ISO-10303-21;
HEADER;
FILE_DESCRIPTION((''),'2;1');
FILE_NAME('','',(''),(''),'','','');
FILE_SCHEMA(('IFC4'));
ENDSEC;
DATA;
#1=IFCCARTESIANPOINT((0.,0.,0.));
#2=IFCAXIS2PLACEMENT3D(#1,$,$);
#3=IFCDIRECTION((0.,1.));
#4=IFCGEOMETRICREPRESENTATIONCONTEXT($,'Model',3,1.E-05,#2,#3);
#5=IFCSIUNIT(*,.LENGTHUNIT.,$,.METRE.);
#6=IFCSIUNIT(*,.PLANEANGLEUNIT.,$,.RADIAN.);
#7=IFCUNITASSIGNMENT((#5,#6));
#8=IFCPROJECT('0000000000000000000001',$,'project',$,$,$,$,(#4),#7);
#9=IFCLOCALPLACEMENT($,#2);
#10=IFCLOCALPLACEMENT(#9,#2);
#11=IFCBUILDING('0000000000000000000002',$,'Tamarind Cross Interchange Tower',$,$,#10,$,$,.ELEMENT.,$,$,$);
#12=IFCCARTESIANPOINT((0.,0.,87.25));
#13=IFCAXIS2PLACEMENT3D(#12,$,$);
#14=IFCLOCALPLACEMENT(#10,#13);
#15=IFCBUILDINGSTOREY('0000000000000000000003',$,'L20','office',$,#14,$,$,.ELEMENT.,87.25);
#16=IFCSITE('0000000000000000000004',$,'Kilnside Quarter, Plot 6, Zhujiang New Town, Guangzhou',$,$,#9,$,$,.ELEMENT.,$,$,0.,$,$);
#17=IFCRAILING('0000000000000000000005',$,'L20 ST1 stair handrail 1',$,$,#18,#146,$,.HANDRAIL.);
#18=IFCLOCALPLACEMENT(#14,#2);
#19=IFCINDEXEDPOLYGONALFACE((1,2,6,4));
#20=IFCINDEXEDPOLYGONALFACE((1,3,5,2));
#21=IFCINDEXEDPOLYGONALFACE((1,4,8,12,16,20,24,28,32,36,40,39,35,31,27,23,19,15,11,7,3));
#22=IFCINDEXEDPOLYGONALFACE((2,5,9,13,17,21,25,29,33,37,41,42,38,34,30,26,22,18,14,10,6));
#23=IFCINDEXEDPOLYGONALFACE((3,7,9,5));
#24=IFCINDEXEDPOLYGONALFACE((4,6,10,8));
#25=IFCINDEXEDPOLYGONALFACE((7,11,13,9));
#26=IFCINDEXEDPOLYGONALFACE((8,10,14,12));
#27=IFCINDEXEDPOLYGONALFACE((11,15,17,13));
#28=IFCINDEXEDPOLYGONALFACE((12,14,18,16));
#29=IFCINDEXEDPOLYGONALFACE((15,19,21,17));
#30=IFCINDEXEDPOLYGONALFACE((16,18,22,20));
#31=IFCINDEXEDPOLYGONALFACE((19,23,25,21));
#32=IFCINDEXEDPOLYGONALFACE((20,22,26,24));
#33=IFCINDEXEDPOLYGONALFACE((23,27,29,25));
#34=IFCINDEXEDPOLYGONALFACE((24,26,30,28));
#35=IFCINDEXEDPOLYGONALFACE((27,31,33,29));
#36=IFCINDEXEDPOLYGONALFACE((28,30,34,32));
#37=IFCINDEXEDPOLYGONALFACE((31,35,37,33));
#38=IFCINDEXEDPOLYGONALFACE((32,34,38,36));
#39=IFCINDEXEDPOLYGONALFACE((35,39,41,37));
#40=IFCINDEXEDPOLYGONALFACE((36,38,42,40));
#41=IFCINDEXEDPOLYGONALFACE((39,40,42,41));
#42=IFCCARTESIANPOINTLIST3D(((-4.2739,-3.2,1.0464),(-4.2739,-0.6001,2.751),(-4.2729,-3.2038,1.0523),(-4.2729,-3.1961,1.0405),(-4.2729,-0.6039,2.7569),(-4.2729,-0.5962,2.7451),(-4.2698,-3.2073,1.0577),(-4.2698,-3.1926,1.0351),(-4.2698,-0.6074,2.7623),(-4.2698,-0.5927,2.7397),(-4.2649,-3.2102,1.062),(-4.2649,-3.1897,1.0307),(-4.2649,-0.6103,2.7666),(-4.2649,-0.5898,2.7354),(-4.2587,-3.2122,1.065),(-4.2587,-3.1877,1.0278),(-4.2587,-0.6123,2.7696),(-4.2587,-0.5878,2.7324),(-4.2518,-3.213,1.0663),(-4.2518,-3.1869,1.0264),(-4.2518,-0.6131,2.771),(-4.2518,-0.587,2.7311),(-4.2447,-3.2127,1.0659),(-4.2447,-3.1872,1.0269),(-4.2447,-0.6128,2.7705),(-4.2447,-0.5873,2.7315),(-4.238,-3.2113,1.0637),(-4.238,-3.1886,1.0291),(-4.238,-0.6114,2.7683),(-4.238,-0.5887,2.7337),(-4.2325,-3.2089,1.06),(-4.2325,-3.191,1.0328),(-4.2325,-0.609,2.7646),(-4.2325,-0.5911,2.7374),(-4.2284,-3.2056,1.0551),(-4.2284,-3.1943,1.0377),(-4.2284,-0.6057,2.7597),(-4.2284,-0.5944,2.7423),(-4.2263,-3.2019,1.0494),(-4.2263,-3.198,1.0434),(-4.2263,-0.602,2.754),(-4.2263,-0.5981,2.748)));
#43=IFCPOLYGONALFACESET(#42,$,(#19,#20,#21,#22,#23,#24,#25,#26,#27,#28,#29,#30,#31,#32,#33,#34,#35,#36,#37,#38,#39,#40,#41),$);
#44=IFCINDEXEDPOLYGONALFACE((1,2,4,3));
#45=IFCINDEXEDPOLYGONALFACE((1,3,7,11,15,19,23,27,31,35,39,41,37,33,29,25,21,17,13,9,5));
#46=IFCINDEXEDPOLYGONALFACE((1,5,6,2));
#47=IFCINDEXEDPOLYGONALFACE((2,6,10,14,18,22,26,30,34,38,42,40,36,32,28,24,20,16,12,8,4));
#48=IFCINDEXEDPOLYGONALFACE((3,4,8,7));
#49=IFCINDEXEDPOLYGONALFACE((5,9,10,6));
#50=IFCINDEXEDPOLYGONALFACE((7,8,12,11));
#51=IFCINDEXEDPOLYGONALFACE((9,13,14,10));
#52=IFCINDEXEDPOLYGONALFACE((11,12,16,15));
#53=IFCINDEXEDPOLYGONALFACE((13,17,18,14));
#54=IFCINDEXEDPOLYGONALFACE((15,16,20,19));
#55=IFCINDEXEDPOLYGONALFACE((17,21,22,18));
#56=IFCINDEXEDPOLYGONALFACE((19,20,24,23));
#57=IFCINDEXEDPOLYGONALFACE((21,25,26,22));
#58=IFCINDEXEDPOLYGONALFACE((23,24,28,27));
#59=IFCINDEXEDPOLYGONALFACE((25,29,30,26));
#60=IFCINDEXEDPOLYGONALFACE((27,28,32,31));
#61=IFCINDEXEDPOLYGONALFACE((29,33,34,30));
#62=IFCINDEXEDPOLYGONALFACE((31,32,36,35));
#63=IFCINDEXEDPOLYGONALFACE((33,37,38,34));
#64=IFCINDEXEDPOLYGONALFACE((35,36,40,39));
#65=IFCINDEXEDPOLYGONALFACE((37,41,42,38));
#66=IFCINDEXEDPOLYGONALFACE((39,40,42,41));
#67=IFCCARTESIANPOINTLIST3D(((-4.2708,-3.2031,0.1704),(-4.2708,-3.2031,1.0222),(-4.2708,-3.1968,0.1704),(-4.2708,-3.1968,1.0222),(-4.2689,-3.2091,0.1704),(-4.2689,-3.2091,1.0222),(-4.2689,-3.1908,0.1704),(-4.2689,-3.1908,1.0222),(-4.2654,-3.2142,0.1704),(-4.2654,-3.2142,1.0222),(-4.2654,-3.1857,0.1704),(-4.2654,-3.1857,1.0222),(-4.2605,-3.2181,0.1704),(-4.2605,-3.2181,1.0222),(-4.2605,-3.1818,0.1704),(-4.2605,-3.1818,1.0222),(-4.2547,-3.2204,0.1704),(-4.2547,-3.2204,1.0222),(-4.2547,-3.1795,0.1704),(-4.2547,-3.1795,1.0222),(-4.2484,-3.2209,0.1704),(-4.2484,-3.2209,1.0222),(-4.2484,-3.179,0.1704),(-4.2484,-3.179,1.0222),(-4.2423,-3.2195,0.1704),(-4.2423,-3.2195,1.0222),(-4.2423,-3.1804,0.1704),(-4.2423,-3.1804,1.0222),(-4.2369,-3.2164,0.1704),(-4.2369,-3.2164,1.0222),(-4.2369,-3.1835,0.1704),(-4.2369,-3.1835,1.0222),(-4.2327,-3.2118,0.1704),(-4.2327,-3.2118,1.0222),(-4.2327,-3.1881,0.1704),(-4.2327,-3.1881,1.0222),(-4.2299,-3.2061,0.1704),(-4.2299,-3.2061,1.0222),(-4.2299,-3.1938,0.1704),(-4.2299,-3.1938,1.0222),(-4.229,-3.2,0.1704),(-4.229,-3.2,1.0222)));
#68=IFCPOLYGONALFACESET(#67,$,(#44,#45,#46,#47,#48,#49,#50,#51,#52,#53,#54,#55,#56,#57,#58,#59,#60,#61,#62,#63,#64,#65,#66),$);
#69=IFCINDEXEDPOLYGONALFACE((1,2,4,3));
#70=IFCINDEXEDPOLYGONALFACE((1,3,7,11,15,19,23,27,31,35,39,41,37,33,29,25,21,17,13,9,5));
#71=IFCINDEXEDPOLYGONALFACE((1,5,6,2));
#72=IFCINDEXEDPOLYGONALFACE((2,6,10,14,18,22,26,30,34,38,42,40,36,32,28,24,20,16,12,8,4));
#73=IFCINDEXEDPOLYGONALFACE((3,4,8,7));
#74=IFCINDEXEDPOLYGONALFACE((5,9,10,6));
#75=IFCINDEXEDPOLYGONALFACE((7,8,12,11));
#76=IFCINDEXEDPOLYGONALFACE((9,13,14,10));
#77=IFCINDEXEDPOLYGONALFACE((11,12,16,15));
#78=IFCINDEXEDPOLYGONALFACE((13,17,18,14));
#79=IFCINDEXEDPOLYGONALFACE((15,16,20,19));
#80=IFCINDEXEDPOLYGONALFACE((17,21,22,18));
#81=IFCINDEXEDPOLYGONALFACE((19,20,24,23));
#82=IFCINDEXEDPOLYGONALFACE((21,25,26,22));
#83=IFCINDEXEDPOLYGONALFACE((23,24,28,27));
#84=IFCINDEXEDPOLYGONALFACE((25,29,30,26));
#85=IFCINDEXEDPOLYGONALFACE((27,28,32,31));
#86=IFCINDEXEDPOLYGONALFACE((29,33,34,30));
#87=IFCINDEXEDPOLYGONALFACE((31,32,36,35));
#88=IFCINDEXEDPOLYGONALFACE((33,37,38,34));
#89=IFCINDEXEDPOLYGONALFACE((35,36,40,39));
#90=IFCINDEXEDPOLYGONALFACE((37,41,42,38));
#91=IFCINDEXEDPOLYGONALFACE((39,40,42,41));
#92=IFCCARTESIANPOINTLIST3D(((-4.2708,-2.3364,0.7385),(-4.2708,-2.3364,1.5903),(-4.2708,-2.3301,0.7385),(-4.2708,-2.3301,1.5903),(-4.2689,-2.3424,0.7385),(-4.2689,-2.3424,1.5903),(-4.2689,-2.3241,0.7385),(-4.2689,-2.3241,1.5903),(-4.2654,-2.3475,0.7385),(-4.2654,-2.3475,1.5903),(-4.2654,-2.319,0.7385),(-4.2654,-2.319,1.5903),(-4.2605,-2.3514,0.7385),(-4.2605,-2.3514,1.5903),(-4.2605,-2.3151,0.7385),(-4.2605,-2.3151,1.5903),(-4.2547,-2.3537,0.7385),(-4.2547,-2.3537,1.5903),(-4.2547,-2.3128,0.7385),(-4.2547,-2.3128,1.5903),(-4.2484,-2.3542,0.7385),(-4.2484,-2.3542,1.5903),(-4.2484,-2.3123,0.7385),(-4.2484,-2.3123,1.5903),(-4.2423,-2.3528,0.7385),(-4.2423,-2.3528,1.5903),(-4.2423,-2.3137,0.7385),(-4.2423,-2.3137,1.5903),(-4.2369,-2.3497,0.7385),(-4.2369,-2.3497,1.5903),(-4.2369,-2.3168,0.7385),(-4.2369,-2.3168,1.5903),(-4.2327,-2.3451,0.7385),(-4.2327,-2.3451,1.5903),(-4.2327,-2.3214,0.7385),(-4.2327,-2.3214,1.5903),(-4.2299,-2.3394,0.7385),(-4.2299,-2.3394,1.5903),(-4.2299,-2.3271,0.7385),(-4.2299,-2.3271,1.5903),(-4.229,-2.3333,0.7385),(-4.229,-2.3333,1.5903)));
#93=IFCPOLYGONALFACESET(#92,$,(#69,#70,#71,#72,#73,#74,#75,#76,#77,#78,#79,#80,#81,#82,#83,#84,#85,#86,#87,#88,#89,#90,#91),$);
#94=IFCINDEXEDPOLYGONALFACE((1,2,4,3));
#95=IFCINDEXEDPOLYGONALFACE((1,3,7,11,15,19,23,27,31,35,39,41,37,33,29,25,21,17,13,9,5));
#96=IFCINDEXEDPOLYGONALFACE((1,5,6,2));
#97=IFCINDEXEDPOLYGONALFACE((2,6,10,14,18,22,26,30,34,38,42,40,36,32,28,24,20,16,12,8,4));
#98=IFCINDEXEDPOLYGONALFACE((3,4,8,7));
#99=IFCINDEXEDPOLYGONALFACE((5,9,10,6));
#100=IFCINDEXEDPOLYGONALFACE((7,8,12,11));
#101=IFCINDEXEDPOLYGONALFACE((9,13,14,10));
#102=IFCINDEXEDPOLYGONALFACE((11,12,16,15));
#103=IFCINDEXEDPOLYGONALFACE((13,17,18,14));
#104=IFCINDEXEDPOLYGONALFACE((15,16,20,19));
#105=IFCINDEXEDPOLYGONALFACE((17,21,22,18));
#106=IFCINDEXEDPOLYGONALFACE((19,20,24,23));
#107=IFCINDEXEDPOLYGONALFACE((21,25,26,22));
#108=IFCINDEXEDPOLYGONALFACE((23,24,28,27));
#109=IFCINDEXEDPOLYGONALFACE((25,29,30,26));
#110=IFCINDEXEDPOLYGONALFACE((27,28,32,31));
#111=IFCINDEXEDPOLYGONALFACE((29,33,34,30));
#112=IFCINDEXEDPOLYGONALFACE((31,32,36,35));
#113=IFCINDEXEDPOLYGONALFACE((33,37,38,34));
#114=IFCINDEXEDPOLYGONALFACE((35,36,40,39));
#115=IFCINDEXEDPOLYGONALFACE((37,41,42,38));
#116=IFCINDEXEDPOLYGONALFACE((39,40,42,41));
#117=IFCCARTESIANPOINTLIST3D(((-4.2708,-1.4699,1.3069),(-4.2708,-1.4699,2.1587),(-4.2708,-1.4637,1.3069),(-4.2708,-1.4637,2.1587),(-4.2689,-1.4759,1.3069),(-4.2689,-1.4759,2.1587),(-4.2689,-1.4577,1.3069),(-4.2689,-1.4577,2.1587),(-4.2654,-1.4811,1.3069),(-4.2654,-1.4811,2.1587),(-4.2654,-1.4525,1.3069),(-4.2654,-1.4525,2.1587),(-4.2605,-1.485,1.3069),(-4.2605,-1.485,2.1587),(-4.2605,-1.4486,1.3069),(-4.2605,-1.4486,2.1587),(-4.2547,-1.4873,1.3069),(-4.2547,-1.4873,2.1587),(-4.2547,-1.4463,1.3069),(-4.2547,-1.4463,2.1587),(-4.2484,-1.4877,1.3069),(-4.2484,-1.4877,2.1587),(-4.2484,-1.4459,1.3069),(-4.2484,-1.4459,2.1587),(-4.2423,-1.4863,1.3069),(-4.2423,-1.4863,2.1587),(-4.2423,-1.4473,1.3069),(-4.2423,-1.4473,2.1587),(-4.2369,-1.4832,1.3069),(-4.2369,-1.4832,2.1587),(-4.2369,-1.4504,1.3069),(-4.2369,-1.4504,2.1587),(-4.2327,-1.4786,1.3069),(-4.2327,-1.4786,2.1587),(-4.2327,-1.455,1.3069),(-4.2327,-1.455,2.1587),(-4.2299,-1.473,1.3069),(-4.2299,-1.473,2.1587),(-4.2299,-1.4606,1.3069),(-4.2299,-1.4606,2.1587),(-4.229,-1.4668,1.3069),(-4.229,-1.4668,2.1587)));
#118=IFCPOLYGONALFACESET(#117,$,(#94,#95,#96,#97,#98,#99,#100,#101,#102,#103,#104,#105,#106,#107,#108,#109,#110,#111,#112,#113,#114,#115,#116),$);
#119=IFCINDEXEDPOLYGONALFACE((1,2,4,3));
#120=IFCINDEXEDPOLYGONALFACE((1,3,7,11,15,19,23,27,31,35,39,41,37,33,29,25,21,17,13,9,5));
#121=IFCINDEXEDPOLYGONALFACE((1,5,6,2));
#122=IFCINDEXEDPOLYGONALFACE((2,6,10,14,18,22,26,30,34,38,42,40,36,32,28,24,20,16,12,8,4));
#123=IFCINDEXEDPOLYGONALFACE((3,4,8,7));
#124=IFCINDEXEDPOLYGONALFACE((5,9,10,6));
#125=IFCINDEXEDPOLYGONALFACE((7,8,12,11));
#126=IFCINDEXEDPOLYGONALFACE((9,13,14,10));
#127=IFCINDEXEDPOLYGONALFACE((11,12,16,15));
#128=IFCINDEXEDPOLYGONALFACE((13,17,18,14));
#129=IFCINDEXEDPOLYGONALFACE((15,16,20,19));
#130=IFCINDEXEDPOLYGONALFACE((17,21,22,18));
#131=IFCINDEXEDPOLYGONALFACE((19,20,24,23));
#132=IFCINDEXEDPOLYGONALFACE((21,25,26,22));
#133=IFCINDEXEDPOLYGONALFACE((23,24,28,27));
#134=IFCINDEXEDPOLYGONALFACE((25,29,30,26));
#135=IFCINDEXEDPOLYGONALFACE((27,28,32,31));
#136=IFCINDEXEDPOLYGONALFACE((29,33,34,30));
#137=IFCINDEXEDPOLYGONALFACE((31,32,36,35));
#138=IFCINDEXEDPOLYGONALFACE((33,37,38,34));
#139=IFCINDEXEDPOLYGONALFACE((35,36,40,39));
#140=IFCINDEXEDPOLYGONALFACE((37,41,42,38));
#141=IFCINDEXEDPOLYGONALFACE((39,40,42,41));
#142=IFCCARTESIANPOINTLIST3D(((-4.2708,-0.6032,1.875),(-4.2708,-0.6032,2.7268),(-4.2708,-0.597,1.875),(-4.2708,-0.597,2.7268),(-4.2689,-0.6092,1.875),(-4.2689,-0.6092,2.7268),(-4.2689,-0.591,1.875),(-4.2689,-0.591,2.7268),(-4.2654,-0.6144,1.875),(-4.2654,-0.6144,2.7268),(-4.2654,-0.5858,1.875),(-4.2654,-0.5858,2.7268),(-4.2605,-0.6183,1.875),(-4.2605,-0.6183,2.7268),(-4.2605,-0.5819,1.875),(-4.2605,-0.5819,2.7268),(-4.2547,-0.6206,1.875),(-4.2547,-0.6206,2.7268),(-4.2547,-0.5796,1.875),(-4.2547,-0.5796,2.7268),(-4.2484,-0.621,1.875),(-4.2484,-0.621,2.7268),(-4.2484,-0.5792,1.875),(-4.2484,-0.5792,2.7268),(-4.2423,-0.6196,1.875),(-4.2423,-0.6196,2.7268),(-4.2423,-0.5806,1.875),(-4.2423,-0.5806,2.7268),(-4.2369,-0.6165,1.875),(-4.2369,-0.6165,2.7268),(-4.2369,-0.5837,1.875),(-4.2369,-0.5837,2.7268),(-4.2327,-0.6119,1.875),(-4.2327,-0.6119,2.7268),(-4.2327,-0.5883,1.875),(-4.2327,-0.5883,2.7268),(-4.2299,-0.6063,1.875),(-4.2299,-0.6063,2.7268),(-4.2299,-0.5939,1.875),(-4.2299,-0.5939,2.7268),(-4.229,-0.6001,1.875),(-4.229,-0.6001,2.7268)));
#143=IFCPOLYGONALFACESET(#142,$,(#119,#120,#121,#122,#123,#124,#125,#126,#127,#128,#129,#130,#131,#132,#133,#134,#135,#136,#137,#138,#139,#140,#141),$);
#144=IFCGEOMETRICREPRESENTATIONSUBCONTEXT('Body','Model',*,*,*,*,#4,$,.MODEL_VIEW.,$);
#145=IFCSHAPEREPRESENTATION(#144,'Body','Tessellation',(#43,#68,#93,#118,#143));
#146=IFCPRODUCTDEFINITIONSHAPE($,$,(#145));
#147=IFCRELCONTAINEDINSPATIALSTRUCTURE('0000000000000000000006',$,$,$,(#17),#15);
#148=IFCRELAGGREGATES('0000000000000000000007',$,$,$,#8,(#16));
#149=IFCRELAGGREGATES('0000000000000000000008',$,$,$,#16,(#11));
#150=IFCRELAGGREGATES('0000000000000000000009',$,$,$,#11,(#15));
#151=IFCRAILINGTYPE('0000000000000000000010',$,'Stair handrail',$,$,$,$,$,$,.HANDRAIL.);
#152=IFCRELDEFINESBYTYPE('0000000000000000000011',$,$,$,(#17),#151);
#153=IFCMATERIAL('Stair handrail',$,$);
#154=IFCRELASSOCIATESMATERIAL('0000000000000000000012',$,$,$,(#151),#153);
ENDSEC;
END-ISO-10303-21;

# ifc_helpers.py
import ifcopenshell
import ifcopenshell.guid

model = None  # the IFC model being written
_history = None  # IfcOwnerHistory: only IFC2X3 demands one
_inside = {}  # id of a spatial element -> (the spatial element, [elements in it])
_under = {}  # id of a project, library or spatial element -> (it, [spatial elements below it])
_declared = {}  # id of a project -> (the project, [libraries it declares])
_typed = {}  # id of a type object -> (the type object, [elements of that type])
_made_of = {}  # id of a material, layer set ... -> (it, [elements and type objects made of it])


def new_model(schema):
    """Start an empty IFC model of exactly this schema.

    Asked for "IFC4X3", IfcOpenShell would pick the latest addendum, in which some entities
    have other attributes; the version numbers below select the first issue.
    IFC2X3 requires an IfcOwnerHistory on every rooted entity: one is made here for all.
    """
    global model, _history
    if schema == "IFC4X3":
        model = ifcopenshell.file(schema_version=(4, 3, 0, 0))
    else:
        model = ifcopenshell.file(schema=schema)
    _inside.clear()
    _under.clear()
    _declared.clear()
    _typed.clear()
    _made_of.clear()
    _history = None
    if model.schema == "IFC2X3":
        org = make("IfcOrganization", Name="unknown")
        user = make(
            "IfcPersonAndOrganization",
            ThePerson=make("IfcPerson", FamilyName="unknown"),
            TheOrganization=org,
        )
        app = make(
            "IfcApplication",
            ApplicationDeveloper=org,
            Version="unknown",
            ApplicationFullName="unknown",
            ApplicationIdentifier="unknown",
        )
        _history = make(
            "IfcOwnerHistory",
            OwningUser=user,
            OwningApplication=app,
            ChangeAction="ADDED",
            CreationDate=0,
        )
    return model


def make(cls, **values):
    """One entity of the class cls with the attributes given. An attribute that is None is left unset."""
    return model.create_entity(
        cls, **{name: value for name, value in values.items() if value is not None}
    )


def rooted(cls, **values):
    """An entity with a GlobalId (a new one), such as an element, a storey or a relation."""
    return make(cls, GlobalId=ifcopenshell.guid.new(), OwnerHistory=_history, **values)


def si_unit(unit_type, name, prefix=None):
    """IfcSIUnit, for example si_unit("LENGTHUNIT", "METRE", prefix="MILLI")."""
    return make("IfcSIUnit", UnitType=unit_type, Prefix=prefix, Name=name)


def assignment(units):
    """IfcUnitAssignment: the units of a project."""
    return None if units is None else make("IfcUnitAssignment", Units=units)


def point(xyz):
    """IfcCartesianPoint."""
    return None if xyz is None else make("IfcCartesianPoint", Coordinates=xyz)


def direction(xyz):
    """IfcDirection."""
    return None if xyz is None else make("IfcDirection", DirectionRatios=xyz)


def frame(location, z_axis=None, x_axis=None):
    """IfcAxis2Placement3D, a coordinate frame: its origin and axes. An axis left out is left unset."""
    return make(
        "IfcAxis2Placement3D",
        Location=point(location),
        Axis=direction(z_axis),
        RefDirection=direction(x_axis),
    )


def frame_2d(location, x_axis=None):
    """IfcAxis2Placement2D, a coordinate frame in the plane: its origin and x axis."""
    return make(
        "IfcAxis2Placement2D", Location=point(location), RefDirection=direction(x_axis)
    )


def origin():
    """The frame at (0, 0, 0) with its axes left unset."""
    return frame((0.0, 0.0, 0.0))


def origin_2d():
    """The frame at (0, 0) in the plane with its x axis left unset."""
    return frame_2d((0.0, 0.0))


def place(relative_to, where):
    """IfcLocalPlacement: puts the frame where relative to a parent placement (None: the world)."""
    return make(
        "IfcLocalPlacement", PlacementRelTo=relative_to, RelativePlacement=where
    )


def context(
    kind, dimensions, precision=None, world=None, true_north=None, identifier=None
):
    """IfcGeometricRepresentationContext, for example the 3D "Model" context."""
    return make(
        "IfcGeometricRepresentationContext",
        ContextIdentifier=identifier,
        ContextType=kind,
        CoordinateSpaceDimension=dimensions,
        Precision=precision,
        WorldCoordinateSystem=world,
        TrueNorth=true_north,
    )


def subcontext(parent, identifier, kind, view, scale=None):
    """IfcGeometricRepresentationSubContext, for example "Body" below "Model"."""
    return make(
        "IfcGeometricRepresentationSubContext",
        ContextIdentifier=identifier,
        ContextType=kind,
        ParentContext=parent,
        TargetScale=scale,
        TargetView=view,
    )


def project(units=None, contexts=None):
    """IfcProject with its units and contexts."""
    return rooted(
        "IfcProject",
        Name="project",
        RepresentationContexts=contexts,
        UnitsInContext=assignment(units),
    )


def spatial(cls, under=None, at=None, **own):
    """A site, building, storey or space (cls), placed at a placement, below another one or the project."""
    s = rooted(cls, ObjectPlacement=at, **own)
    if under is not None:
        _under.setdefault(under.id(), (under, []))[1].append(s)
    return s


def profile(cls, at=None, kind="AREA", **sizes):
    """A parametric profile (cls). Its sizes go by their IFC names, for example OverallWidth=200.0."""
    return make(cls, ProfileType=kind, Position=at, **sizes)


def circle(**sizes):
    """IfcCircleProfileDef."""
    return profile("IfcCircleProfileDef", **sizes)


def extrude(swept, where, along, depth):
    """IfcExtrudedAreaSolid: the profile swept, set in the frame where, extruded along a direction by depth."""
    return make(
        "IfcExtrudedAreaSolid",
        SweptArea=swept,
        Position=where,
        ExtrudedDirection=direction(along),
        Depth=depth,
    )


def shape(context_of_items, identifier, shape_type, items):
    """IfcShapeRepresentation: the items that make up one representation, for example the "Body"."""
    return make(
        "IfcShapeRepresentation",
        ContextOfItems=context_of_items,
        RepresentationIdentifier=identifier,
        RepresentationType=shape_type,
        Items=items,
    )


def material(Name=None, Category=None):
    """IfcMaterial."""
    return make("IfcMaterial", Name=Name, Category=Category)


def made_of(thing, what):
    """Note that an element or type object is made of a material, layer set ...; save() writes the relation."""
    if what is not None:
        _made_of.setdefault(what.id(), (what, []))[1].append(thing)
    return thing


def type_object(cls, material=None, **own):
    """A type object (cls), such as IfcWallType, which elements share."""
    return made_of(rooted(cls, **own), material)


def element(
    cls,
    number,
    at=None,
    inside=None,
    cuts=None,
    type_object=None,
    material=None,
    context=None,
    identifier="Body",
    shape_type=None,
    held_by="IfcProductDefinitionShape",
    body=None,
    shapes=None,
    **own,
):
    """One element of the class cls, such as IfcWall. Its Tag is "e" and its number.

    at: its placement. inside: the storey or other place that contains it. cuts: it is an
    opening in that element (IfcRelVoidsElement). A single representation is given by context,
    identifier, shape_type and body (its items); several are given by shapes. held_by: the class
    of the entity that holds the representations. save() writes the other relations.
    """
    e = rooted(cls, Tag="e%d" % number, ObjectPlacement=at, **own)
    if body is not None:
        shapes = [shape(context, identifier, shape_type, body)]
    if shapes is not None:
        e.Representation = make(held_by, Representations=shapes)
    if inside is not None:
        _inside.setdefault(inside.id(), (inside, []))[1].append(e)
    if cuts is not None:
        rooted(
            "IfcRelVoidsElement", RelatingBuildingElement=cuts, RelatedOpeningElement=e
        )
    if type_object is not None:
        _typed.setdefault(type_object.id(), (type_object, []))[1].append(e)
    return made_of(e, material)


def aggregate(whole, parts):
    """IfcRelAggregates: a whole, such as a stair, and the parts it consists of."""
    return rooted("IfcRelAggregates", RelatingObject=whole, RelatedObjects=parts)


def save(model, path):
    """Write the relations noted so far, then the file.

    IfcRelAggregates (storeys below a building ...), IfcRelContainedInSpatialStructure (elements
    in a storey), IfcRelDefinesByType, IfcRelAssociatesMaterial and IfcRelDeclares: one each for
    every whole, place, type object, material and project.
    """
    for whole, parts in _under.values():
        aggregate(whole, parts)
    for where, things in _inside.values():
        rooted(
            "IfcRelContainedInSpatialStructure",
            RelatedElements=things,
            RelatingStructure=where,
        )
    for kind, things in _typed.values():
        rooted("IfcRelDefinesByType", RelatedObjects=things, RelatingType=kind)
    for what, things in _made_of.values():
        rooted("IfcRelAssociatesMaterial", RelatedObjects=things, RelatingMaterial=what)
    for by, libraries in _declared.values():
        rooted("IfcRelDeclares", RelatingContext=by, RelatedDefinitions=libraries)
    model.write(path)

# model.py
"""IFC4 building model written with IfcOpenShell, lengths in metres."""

from ifc_helpers import new_model, si_unit, direction, frame, origin, origin_2d, place, context, subcontext, project, spatial, circle, extrude, material, type_object, element, save


model = new_model("IFC4")

# Units and contexts
model_context = context("Model", 3, precision=1e-05, world=origin(), true_north=direction((0.0, 1.0)))
body_context = subcontext(model_context, "Body", "Model", "MODEL_VIEW")
ifc_project = project(units=[si_unit("LENGTHUNIT", "METRE"), si_unit("PLANEANGLEUNIT", "RADIAN")], contexts=[model_context])

# Site, building, storey
site_placement = place(None, origin())
site = spatial("IfcSite", under=ifc_project, at=site_placement, Name="Kilnside Quarter, Plot 6, Zhujiang New Town, Guangzhou", CompositionType="ELEMENT", RefElevation=0.0)
building_placement = place(site_placement, origin())
building = spatial("IfcBuilding", under=site, at=building_placement, Name="Tamarind Cross Interchange Tower", CompositionType="ELEMENT")
storey_placement = place(building_placement, frame((0.0, 0.0, 87.25)))
storey = spatial("IfcBuildingStorey", under=building, at=storey_placement, Name="L20", Description="office", CompositionType="ELEMENT", Elevation=87.25)

# Railing
ifc_material_1 = material(Name="Stair handrail")
railing_type_1 = type_object("IfcRailingType", Name="Stair handrail", PredefinedType="HANDRAIL", material=ifc_material_1)
railing_1_placement = place(storey_placement, frame((-4.25, -3.2, 0.1704)))
element("IfcRailing", 1, at=railing_1_placement, inside=storey, type_object=railing_type_1, Name="L20 ST1 stair handrail 1", PredefinedType="HANDRAIL", context=body_context, shape_type="SweptSolid", body=[
    extrude(circle(Radius=0.0239, at=origin_2d()), frame((0.0, 0.0, 0.876), z_axis=(0.0, 0.836279, 0.548305), x_axis=(-1.0, 0.0, 0.0)), (0.0, 0.0, 1.0), 3.1089),
    extrude(circle(Radius=0.021, at=origin_2d()), origin(), (0.0, 0.0, 1.0), 0.8518),
    extrude(circle(Radius=0.021, at=origin_2d()), frame((0.0, 0.8667, 0.5681)), (0.0, 0.0, 1.0), 0.8518),
    extrude(circle(Radius=0.021, at=origin_2d()), frame((0.0, 1.7332, 1.1365)), (0.0, 0.0, 1.0), 0.8518),
    extrude(circle(Radius=0.021, at=origin_2d()), frame((0.0, 2.5999, 1.7046)), (0.0, 0.0, 1.0), 0.8518),
])

save(model, "model.ifc")
